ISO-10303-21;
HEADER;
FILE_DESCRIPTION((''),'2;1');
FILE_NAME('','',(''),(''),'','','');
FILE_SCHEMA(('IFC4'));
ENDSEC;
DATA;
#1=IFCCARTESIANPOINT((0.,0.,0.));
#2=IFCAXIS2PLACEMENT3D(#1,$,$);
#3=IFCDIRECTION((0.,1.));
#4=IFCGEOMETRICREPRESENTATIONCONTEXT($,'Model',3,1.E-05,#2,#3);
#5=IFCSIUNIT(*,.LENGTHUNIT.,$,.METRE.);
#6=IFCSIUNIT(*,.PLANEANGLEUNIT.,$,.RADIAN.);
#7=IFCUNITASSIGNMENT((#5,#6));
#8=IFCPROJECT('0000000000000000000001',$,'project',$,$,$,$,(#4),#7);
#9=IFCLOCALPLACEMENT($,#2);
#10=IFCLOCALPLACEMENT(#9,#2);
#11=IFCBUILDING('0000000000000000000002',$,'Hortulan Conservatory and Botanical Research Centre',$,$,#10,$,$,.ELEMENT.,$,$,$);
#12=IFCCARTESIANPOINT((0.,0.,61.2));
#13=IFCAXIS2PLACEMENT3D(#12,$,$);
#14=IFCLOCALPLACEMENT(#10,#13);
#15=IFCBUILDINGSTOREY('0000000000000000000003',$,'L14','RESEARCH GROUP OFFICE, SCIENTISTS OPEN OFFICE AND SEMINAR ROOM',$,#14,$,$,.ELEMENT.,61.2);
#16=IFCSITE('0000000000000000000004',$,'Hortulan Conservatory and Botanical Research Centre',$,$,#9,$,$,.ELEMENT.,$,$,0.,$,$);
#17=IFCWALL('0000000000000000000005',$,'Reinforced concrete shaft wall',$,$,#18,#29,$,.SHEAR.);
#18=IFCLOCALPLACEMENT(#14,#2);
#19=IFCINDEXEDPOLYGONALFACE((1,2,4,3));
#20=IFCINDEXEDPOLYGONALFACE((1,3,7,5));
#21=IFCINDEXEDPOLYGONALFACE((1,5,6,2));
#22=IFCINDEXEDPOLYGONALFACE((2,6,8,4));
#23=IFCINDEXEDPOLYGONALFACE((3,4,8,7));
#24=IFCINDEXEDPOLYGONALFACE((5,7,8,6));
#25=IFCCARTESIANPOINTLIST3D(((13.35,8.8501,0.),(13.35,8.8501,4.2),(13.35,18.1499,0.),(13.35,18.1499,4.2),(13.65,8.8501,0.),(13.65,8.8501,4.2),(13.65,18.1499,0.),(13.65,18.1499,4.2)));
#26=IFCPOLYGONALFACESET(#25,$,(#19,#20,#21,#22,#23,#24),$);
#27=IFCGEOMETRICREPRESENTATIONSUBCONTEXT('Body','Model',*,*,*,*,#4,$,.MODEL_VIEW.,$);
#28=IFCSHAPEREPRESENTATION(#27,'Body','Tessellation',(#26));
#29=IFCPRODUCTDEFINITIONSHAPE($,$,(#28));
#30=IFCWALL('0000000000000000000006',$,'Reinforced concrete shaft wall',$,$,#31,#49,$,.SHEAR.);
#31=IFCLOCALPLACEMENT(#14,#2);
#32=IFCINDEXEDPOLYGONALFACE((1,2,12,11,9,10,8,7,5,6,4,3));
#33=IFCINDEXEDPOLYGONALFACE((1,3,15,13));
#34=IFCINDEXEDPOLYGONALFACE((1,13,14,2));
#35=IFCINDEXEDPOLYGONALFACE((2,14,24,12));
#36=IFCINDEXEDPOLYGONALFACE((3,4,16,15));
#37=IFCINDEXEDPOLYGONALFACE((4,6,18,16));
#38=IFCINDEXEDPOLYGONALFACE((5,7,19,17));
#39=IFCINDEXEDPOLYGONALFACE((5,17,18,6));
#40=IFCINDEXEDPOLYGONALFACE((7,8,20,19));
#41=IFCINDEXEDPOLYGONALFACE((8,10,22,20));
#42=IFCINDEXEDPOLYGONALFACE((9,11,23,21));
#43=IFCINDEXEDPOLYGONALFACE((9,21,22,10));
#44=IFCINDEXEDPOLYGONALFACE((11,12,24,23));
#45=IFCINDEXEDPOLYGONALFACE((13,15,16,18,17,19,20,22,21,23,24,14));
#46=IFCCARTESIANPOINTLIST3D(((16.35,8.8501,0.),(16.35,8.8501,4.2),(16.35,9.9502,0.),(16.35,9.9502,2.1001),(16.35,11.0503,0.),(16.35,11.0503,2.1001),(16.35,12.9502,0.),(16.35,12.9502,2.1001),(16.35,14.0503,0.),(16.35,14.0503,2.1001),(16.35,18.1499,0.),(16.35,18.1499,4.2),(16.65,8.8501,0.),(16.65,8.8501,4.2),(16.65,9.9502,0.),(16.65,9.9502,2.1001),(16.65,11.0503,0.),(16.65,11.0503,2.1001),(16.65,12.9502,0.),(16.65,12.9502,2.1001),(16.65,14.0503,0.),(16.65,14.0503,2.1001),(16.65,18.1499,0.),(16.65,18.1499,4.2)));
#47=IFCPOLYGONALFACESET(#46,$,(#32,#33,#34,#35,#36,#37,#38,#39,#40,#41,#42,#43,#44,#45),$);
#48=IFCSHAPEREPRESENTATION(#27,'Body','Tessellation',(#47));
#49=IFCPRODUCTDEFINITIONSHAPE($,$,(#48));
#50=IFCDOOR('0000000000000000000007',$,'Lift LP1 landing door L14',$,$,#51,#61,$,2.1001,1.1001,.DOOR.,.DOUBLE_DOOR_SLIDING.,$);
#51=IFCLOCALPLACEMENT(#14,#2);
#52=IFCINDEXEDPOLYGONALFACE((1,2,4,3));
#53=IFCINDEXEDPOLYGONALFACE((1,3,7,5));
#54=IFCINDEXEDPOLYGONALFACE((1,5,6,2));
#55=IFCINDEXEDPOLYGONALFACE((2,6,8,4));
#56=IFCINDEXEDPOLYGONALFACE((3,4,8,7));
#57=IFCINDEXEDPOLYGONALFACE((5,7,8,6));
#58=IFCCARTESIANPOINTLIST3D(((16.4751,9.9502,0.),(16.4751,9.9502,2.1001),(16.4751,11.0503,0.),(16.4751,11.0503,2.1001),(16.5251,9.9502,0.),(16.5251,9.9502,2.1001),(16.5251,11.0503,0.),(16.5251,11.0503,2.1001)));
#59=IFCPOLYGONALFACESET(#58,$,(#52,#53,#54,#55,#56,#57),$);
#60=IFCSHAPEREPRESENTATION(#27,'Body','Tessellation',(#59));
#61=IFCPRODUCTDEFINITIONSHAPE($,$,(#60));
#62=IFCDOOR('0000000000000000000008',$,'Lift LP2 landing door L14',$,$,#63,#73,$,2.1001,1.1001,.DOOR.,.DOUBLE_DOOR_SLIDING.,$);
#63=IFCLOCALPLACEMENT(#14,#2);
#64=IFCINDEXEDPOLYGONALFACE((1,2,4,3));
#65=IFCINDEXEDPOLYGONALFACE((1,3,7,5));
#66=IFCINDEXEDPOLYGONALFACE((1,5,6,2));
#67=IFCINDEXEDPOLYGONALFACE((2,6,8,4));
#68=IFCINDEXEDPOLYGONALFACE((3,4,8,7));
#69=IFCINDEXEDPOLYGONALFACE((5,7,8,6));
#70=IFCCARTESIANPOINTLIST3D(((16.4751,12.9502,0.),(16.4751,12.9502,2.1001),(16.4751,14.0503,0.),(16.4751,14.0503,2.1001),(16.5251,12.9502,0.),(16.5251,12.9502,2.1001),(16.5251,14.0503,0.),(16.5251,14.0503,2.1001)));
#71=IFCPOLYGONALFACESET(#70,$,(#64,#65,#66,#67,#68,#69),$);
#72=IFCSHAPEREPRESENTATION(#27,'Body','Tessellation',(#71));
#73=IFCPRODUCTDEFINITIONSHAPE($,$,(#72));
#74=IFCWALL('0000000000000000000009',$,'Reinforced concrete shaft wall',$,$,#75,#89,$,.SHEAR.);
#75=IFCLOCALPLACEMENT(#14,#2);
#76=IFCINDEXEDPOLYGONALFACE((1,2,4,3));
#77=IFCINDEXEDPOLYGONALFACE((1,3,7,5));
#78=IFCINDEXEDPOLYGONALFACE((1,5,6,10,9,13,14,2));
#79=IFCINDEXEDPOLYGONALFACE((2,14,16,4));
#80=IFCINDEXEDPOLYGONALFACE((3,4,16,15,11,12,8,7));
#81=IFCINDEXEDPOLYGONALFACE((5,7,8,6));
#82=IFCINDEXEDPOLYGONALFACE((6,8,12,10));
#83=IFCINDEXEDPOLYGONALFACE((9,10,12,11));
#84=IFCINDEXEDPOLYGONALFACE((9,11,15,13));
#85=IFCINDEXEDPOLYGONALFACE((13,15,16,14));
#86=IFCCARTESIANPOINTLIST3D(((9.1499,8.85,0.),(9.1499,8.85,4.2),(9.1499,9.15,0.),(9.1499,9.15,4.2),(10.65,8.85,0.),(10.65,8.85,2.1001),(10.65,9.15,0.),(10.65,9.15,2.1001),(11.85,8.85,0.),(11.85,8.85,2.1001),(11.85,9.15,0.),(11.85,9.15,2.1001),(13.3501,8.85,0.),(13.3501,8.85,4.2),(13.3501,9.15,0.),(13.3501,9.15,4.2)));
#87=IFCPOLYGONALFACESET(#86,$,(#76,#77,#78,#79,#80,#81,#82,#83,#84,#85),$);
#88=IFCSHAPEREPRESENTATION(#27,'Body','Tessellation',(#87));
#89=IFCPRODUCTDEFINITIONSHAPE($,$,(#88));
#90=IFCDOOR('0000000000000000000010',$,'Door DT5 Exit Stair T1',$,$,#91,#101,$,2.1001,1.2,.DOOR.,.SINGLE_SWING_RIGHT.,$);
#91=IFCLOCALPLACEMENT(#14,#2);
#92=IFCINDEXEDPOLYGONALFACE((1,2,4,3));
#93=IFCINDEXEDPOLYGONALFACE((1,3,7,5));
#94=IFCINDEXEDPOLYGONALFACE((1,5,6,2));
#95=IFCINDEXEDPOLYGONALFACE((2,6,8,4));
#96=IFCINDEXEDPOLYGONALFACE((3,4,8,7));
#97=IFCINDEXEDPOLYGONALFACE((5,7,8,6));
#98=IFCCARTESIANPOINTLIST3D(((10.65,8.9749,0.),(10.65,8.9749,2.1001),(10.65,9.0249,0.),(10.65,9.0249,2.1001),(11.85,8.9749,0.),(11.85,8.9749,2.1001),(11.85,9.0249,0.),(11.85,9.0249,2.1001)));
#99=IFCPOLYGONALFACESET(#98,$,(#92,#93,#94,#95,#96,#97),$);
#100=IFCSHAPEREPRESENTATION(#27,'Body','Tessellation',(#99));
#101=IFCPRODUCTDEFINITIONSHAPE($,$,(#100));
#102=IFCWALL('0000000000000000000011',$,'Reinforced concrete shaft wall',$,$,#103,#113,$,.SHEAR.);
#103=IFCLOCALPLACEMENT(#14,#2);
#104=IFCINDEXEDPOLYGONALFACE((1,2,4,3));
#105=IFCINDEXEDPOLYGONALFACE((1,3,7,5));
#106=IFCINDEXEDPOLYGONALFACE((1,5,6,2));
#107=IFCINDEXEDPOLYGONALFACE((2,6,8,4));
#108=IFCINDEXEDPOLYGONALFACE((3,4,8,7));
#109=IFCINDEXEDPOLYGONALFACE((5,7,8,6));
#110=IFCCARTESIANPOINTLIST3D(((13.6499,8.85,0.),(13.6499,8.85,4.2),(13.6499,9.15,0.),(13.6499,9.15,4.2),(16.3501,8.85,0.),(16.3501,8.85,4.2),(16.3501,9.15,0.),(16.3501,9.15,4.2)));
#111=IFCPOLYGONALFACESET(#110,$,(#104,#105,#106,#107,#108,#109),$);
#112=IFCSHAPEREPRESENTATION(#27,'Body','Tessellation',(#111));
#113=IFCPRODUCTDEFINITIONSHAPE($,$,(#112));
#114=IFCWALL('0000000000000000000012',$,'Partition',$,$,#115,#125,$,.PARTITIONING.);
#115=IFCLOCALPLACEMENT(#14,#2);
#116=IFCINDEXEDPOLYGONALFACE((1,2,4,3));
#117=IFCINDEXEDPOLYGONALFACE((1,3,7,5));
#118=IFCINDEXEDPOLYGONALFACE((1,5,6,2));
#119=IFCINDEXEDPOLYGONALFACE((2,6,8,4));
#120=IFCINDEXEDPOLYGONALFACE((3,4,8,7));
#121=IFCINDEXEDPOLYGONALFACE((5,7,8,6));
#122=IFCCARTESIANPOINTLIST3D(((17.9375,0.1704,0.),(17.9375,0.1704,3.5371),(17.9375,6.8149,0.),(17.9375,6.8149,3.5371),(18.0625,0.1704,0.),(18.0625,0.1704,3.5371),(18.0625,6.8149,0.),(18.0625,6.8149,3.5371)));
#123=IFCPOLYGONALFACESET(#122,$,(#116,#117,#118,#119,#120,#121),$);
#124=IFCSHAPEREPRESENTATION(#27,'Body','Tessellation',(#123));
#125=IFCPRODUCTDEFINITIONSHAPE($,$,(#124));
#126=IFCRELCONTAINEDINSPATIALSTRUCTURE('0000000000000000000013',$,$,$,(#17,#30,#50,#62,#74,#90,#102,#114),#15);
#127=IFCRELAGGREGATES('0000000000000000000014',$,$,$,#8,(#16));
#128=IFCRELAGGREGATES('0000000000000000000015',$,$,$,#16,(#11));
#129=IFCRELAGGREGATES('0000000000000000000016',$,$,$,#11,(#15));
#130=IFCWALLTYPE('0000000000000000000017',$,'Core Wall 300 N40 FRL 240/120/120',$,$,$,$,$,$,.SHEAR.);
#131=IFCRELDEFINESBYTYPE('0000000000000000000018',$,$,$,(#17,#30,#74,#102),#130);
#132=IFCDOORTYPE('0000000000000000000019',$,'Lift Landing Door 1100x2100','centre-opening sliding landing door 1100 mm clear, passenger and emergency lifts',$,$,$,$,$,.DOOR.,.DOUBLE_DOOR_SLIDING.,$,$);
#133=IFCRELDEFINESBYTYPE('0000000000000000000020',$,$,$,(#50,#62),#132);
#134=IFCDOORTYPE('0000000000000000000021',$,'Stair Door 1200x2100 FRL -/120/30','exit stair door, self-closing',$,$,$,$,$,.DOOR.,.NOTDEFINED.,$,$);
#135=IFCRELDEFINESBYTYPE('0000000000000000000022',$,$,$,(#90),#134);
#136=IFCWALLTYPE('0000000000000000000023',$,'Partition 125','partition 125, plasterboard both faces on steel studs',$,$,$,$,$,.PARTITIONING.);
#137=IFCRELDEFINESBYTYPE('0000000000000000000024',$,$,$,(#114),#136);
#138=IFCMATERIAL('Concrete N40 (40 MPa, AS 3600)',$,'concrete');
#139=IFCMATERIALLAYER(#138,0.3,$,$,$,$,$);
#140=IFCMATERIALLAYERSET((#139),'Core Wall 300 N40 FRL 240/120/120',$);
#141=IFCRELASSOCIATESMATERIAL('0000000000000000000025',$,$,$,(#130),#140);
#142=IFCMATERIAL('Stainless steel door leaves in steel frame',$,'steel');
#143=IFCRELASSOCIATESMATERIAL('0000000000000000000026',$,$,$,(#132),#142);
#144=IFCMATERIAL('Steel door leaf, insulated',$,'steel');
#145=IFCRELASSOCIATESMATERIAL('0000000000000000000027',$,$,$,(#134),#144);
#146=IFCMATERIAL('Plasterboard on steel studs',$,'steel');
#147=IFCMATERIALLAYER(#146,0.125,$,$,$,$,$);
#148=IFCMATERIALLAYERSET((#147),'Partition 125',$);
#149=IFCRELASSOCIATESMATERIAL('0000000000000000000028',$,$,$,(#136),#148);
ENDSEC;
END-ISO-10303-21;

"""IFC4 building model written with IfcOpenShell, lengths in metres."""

from ifc_helpers import new_model, si_unit, direction, frame, frame_2d, origin, place, context, subcontext, project, spatial, rectangle, extrude, material, layer, layer_set, type_object, element, fill, save


model = new_model("IFC4")

# Units and contexts
model_context = context("Model", 3, precision=1e-05, world=origin(), true_north=direction((0.0, 1.0)))
body_context = subcontext(model_context, "Body", "Model", "MODEL_VIEW")
ifc_project = project(units=[si_unit("LENGTHUNIT", "METRE"), si_unit("PLANEANGLEUNIT", "RADIAN")], contexts=[model_context])

# Site, building, storey
site_placement = place(None, origin())
site = spatial("IfcSite", under=ifc_project, at=site_placement, Name="Hortulan Conservatory and Botanical Research Centre", CompositionType="ELEMENT", RefElevation=0.0)
building_placement = place(site_placement, origin())
building = spatial("IfcBuilding", under=site, at=building_placement, Name="Hortulan Conservatory and Botanical Research Centre", CompositionType="ELEMENT")
storey_placement = place(building_placement, frame((0.0, 0.0, 61.2)))
storey = spatial("IfcBuildingStorey", under=building, at=storey_placement, Name="L14", Description="RESEARCH GROUP OFFICE, SCIENTISTS OPEN OFFICE AND SEMINAR ROOM", CompositionType="ELEMENT", Elevation=61.2)

# Wall
ifc_material_1 = material(Name="Concrete N40 (40 MPa, AS 3600)", Category="concrete")
ifc_layer_1 = layer(ifc_material_1, 0.3)
ifc_layer_set_1 = layer_set([ifc_layer_1], Name="Core Wall 300 N40 FRL 240/120/120")
wall_type_1 = type_object("IfcWallType", Name="Core Wall 300 N40 FRL 240/120/120", PredefinedType="SHEAR", material=ifc_layer_set_1)
for number, where, z_axis, x_axis, name in (
    (1, (13.5, 8.8501, 0.0), (0.0, 0.0, 1.0), (0.0, 1.0, 0.0), "Reinforced concrete shaft wall"),
):
    element("IfcWall", number, at=place(storey_placement, frame(where, z_axis=z_axis, x_axis=x_axis)), inside=storey, type_object=wall_type_1, Name=name, PredefinedType="SHEAR", context=body_context, shape_type="SweptSolid", body=[
        extrude(rectangle(XDim=9.2998, YDim=0.3, at=frame_2d((4.6499, 0.0))), origin(), (0.0, 0.0, 1.0), 4.2),
    ])

# Wall, openings, doors
wall_1_placement = place(storey_placement, frame((16.5, 8.8501, 0.0), z_axis=(0.0, 0.0, 1.0), x_axis=(0.0, 1.0, 0.0)))
wall_1 = element("IfcWall", 2, at=wall_1_placement, inside=storey, type_object=wall_type_1, Name="Reinforced concrete shaft wall", PredefinedType="SHEAR", context=body_context, shape_type="SweptSolid", body=[
    extrude(rectangle(XDim=9.2998, YDim=0.3, at=frame_2d((4.6499, 0.0))), origin(), (0.0, 0.0, 1.0), 4.2),
])
opening_1_placement = place(wall_1_placement, frame((1.1001, 0.0, 0.0)))
opening_1 = element("IfcOpeningElement", 3, at=opening_1_placement, cuts=wall_1, PredefinedType="OPENING", context=body_context, shape_type="SweptSolid", body=[
    extrude(rectangle(XDim=1.1001, YDim=2.1001, at=frame_2d((0.55, 1.05))), frame((0.0, 0.1599, 0.0), z_axis=(0.0, -1.0, 0.0), x_axis=(1.0, 0.0, 0.0)), (0.0, 0.0, 1.0), 0.3201),
])
opening_2_placement = place(wall_1_placement, frame((4.1001, 0.0, 0.0)))
opening_2 = element("IfcOpeningElement", 4, at=opening_2_placement, cuts=wall_1, PredefinedType="OPENING", context=body_context, shape_type="SweptSolid", body=[
    extrude(rectangle(XDim=1.1001, YDim=2.1001, at=frame_2d((0.55, 1.05))), frame((0.0, 0.1599, 0.0), z_axis=(0.0, -1.0, 0.0), x_axis=(1.0, 0.0, 0.0)), (0.0, 0.0, 1.0), 0.3201),
])
ifc_material_2 = material(Name="Stainless steel door leaves in steel frame", Category="steel")
door_type_1 = type_object("IfcDoorType", Name="Lift Landing Door 1100x2100", Description="centre-opening sliding landing door 1100 mm clear, passenger and emergency lifts", OperationType="DOUBLE_DOOR_SLIDING", PredefinedType="DOOR", material=ifc_material_2)
door_1_placement = place(opening_1_placement, origin())
door_1 = element("IfcDoor", 5, at=door_1_placement, inside=storey, type_object=door_type_1, Name="Lift LP1 landing door L14", OperationType="DOUBLE_DOOR_SLIDING", OverallHeight=2.1001, OverallWidth=1.1001, PredefinedType="DOOR", context=body_context, shape_type="SweptSolid", body=[
    extrude(rectangle(XDim=1.1001, YDim=2.1001, at=frame_2d((0.55, 1.05))), frame((0.0, 0.0249, 0.0), z_axis=(0.0, -1.0, 0.0), x_axis=(1.0, 0.0, 0.0)), (0.0, 0.0, 1.0), 0.05),
])
fill(opening_1, door_1)
door_2_placement = place(opening_2_placement, origin())
door_2 = element("IfcDoor", 6, at=door_2_placement, inside=storey, type_object=door_type_1, Name="Lift LP2 landing door L14", OperationType="DOUBLE_DOOR_SLIDING", OverallHeight=2.1001, OverallWidth=1.1001, PredefinedType="DOOR", context=body_context, shape_type="SweptSolid", body=[
    extrude(rectangle(XDim=1.1001, YDim=2.1001, at=frame_2d((0.55, 1.05))), frame((0.0, 0.0249, 0.0), z_axis=(0.0, -1.0, 0.0), x_axis=(1.0, 0.0, 0.0)), (0.0, 0.0, 1.0), 0.05),
])
fill(opening_2, door_2)

# Wall, opening, door
wall_2_placement = place(storey_placement, frame((9.1499, 9.0, 0.0), z_axis=(0.0, 0.0, 1.0), x_axis=(1.0, 0.0, 0.0)))
wall_2 = element("IfcWall", 7, at=wall_2_placement, inside=storey, type_object=wall_type_1, Name="Reinforced concrete shaft wall", PredefinedType="SHEAR", context=body_context, shape_type="SweptSolid", body=[
    extrude(rectangle(XDim=4.2002, YDim=0.3, at=frame_2d((2.1001, 0.0))), origin(), (0.0, 0.0, 1.0), 4.2),
])
opening_3_placement = place(wall_2_placement, frame((1.5, 0.0, 0.0)))
opening_3 = element("IfcOpeningElement", 8, at=opening_3_placement, cuts=wall_2, PredefinedType="OPENING", context=body_context, shape_type="SweptSolid", body=[
    extrude(rectangle(XDim=1.2, YDim=2.1001, at=frame_2d((0.6001, 1.05))), frame((0.0, 0.1599, 0.0), z_axis=(0.0, -1.0, 0.0), x_axis=(1.0, 0.0, 0.0)), (0.0, 0.0, 1.0), 0.3201),
])
ifc_material_3 = material(Name="Steel door leaf, insulated", Category="steel")
door_type_2 = type_object("IfcDoorType", Name="Stair Door 1200x2100 FRL -/120/30", Description="exit stair door, self-closing", OperationType="NOTDEFINED", PredefinedType="DOOR", material=ifc_material_3)
door_3_placement = place(opening_3_placement, origin())
door_3 = element("IfcDoor", 9, at=door_3_placement, inside=storey, type_object=door_type_2, Name="Door DT5 Exit Stair T1", OperationType="SINGLE_SWING_RIGHT", OverallHeight=2.1001, OverallWidth=1.2, PredefinedType="DOOR", context=body_context, shape_type="SweptSolid", body=[
    extrude(rectangle(XDim=1.2, YDim=2.1001, at=frame_2d((0.6001, 1.05))), frame((0.0, 0.0249, 0.0), z_axis=(0.0, -1.0, 0.0), x_axis=(1.0, 0.0, 0.0)), (0.0, 0.0, 1.0), 0.05),
])
fill(opening_3, door_3)

# Walls
wall_3_placement = place(storey_placement, frame((13.6499, 9.0, 0.0), z_axis=(0.0, 0.0, 1.0), x_axis=(1.0, 0.0, 0.0)))
element("IfcWall", 10, at=wall_3_placement, inside=storey, type_object=wall_type_1, Name="Reinforced concrete shaft wall", PredefinedType="SHEAR", context=body_context, shape_type="SweptSolid", body=[
    extrude(rectangle(XDim=2.7002, YDim=0.3, at=frame_2d((1.3501, 0.0))), origin(), (0.0, 0.0, 1.0), 4.2),
])
ifc_material_4 = material(Name="Plasterboard on steel studs", Category="steel")
ifc_layer_2 = layer(ifc_material_4, 0.125)
ifc_layer_set_2 = layer_set([ifc_layer_2], Name="Partition 125")
wall_type_2 = type_object("IfcWallType", Name="Partition 125", Description="partition 125, plasterboard both faces on steel studs", PredefinedType="PARTITIONING", material=ifc_layer_set_2)
wall_4_placement = place(storey_placement, frame((18.0, 0.1704, 0.0), z_axis=(0.0, 0.0, 1.0), x_axis=(0.0, 1.0, 0.0)))
element("IfcWall", 11, at=wall_4_placement, inside=storey, type_object=wall_type_2, Name="Partition", PredefinedType="PARTITIONING", context=body_context, shape_type="SweptSolid", body=[
    extrude(rectangle(XDim=6.6445, YDim=0.125, at=frame_2d((3.3223, 0.0))), origin(), (0.0, 0.0, 1.0), 3.5371),
])

save(model, "model.ifc")
